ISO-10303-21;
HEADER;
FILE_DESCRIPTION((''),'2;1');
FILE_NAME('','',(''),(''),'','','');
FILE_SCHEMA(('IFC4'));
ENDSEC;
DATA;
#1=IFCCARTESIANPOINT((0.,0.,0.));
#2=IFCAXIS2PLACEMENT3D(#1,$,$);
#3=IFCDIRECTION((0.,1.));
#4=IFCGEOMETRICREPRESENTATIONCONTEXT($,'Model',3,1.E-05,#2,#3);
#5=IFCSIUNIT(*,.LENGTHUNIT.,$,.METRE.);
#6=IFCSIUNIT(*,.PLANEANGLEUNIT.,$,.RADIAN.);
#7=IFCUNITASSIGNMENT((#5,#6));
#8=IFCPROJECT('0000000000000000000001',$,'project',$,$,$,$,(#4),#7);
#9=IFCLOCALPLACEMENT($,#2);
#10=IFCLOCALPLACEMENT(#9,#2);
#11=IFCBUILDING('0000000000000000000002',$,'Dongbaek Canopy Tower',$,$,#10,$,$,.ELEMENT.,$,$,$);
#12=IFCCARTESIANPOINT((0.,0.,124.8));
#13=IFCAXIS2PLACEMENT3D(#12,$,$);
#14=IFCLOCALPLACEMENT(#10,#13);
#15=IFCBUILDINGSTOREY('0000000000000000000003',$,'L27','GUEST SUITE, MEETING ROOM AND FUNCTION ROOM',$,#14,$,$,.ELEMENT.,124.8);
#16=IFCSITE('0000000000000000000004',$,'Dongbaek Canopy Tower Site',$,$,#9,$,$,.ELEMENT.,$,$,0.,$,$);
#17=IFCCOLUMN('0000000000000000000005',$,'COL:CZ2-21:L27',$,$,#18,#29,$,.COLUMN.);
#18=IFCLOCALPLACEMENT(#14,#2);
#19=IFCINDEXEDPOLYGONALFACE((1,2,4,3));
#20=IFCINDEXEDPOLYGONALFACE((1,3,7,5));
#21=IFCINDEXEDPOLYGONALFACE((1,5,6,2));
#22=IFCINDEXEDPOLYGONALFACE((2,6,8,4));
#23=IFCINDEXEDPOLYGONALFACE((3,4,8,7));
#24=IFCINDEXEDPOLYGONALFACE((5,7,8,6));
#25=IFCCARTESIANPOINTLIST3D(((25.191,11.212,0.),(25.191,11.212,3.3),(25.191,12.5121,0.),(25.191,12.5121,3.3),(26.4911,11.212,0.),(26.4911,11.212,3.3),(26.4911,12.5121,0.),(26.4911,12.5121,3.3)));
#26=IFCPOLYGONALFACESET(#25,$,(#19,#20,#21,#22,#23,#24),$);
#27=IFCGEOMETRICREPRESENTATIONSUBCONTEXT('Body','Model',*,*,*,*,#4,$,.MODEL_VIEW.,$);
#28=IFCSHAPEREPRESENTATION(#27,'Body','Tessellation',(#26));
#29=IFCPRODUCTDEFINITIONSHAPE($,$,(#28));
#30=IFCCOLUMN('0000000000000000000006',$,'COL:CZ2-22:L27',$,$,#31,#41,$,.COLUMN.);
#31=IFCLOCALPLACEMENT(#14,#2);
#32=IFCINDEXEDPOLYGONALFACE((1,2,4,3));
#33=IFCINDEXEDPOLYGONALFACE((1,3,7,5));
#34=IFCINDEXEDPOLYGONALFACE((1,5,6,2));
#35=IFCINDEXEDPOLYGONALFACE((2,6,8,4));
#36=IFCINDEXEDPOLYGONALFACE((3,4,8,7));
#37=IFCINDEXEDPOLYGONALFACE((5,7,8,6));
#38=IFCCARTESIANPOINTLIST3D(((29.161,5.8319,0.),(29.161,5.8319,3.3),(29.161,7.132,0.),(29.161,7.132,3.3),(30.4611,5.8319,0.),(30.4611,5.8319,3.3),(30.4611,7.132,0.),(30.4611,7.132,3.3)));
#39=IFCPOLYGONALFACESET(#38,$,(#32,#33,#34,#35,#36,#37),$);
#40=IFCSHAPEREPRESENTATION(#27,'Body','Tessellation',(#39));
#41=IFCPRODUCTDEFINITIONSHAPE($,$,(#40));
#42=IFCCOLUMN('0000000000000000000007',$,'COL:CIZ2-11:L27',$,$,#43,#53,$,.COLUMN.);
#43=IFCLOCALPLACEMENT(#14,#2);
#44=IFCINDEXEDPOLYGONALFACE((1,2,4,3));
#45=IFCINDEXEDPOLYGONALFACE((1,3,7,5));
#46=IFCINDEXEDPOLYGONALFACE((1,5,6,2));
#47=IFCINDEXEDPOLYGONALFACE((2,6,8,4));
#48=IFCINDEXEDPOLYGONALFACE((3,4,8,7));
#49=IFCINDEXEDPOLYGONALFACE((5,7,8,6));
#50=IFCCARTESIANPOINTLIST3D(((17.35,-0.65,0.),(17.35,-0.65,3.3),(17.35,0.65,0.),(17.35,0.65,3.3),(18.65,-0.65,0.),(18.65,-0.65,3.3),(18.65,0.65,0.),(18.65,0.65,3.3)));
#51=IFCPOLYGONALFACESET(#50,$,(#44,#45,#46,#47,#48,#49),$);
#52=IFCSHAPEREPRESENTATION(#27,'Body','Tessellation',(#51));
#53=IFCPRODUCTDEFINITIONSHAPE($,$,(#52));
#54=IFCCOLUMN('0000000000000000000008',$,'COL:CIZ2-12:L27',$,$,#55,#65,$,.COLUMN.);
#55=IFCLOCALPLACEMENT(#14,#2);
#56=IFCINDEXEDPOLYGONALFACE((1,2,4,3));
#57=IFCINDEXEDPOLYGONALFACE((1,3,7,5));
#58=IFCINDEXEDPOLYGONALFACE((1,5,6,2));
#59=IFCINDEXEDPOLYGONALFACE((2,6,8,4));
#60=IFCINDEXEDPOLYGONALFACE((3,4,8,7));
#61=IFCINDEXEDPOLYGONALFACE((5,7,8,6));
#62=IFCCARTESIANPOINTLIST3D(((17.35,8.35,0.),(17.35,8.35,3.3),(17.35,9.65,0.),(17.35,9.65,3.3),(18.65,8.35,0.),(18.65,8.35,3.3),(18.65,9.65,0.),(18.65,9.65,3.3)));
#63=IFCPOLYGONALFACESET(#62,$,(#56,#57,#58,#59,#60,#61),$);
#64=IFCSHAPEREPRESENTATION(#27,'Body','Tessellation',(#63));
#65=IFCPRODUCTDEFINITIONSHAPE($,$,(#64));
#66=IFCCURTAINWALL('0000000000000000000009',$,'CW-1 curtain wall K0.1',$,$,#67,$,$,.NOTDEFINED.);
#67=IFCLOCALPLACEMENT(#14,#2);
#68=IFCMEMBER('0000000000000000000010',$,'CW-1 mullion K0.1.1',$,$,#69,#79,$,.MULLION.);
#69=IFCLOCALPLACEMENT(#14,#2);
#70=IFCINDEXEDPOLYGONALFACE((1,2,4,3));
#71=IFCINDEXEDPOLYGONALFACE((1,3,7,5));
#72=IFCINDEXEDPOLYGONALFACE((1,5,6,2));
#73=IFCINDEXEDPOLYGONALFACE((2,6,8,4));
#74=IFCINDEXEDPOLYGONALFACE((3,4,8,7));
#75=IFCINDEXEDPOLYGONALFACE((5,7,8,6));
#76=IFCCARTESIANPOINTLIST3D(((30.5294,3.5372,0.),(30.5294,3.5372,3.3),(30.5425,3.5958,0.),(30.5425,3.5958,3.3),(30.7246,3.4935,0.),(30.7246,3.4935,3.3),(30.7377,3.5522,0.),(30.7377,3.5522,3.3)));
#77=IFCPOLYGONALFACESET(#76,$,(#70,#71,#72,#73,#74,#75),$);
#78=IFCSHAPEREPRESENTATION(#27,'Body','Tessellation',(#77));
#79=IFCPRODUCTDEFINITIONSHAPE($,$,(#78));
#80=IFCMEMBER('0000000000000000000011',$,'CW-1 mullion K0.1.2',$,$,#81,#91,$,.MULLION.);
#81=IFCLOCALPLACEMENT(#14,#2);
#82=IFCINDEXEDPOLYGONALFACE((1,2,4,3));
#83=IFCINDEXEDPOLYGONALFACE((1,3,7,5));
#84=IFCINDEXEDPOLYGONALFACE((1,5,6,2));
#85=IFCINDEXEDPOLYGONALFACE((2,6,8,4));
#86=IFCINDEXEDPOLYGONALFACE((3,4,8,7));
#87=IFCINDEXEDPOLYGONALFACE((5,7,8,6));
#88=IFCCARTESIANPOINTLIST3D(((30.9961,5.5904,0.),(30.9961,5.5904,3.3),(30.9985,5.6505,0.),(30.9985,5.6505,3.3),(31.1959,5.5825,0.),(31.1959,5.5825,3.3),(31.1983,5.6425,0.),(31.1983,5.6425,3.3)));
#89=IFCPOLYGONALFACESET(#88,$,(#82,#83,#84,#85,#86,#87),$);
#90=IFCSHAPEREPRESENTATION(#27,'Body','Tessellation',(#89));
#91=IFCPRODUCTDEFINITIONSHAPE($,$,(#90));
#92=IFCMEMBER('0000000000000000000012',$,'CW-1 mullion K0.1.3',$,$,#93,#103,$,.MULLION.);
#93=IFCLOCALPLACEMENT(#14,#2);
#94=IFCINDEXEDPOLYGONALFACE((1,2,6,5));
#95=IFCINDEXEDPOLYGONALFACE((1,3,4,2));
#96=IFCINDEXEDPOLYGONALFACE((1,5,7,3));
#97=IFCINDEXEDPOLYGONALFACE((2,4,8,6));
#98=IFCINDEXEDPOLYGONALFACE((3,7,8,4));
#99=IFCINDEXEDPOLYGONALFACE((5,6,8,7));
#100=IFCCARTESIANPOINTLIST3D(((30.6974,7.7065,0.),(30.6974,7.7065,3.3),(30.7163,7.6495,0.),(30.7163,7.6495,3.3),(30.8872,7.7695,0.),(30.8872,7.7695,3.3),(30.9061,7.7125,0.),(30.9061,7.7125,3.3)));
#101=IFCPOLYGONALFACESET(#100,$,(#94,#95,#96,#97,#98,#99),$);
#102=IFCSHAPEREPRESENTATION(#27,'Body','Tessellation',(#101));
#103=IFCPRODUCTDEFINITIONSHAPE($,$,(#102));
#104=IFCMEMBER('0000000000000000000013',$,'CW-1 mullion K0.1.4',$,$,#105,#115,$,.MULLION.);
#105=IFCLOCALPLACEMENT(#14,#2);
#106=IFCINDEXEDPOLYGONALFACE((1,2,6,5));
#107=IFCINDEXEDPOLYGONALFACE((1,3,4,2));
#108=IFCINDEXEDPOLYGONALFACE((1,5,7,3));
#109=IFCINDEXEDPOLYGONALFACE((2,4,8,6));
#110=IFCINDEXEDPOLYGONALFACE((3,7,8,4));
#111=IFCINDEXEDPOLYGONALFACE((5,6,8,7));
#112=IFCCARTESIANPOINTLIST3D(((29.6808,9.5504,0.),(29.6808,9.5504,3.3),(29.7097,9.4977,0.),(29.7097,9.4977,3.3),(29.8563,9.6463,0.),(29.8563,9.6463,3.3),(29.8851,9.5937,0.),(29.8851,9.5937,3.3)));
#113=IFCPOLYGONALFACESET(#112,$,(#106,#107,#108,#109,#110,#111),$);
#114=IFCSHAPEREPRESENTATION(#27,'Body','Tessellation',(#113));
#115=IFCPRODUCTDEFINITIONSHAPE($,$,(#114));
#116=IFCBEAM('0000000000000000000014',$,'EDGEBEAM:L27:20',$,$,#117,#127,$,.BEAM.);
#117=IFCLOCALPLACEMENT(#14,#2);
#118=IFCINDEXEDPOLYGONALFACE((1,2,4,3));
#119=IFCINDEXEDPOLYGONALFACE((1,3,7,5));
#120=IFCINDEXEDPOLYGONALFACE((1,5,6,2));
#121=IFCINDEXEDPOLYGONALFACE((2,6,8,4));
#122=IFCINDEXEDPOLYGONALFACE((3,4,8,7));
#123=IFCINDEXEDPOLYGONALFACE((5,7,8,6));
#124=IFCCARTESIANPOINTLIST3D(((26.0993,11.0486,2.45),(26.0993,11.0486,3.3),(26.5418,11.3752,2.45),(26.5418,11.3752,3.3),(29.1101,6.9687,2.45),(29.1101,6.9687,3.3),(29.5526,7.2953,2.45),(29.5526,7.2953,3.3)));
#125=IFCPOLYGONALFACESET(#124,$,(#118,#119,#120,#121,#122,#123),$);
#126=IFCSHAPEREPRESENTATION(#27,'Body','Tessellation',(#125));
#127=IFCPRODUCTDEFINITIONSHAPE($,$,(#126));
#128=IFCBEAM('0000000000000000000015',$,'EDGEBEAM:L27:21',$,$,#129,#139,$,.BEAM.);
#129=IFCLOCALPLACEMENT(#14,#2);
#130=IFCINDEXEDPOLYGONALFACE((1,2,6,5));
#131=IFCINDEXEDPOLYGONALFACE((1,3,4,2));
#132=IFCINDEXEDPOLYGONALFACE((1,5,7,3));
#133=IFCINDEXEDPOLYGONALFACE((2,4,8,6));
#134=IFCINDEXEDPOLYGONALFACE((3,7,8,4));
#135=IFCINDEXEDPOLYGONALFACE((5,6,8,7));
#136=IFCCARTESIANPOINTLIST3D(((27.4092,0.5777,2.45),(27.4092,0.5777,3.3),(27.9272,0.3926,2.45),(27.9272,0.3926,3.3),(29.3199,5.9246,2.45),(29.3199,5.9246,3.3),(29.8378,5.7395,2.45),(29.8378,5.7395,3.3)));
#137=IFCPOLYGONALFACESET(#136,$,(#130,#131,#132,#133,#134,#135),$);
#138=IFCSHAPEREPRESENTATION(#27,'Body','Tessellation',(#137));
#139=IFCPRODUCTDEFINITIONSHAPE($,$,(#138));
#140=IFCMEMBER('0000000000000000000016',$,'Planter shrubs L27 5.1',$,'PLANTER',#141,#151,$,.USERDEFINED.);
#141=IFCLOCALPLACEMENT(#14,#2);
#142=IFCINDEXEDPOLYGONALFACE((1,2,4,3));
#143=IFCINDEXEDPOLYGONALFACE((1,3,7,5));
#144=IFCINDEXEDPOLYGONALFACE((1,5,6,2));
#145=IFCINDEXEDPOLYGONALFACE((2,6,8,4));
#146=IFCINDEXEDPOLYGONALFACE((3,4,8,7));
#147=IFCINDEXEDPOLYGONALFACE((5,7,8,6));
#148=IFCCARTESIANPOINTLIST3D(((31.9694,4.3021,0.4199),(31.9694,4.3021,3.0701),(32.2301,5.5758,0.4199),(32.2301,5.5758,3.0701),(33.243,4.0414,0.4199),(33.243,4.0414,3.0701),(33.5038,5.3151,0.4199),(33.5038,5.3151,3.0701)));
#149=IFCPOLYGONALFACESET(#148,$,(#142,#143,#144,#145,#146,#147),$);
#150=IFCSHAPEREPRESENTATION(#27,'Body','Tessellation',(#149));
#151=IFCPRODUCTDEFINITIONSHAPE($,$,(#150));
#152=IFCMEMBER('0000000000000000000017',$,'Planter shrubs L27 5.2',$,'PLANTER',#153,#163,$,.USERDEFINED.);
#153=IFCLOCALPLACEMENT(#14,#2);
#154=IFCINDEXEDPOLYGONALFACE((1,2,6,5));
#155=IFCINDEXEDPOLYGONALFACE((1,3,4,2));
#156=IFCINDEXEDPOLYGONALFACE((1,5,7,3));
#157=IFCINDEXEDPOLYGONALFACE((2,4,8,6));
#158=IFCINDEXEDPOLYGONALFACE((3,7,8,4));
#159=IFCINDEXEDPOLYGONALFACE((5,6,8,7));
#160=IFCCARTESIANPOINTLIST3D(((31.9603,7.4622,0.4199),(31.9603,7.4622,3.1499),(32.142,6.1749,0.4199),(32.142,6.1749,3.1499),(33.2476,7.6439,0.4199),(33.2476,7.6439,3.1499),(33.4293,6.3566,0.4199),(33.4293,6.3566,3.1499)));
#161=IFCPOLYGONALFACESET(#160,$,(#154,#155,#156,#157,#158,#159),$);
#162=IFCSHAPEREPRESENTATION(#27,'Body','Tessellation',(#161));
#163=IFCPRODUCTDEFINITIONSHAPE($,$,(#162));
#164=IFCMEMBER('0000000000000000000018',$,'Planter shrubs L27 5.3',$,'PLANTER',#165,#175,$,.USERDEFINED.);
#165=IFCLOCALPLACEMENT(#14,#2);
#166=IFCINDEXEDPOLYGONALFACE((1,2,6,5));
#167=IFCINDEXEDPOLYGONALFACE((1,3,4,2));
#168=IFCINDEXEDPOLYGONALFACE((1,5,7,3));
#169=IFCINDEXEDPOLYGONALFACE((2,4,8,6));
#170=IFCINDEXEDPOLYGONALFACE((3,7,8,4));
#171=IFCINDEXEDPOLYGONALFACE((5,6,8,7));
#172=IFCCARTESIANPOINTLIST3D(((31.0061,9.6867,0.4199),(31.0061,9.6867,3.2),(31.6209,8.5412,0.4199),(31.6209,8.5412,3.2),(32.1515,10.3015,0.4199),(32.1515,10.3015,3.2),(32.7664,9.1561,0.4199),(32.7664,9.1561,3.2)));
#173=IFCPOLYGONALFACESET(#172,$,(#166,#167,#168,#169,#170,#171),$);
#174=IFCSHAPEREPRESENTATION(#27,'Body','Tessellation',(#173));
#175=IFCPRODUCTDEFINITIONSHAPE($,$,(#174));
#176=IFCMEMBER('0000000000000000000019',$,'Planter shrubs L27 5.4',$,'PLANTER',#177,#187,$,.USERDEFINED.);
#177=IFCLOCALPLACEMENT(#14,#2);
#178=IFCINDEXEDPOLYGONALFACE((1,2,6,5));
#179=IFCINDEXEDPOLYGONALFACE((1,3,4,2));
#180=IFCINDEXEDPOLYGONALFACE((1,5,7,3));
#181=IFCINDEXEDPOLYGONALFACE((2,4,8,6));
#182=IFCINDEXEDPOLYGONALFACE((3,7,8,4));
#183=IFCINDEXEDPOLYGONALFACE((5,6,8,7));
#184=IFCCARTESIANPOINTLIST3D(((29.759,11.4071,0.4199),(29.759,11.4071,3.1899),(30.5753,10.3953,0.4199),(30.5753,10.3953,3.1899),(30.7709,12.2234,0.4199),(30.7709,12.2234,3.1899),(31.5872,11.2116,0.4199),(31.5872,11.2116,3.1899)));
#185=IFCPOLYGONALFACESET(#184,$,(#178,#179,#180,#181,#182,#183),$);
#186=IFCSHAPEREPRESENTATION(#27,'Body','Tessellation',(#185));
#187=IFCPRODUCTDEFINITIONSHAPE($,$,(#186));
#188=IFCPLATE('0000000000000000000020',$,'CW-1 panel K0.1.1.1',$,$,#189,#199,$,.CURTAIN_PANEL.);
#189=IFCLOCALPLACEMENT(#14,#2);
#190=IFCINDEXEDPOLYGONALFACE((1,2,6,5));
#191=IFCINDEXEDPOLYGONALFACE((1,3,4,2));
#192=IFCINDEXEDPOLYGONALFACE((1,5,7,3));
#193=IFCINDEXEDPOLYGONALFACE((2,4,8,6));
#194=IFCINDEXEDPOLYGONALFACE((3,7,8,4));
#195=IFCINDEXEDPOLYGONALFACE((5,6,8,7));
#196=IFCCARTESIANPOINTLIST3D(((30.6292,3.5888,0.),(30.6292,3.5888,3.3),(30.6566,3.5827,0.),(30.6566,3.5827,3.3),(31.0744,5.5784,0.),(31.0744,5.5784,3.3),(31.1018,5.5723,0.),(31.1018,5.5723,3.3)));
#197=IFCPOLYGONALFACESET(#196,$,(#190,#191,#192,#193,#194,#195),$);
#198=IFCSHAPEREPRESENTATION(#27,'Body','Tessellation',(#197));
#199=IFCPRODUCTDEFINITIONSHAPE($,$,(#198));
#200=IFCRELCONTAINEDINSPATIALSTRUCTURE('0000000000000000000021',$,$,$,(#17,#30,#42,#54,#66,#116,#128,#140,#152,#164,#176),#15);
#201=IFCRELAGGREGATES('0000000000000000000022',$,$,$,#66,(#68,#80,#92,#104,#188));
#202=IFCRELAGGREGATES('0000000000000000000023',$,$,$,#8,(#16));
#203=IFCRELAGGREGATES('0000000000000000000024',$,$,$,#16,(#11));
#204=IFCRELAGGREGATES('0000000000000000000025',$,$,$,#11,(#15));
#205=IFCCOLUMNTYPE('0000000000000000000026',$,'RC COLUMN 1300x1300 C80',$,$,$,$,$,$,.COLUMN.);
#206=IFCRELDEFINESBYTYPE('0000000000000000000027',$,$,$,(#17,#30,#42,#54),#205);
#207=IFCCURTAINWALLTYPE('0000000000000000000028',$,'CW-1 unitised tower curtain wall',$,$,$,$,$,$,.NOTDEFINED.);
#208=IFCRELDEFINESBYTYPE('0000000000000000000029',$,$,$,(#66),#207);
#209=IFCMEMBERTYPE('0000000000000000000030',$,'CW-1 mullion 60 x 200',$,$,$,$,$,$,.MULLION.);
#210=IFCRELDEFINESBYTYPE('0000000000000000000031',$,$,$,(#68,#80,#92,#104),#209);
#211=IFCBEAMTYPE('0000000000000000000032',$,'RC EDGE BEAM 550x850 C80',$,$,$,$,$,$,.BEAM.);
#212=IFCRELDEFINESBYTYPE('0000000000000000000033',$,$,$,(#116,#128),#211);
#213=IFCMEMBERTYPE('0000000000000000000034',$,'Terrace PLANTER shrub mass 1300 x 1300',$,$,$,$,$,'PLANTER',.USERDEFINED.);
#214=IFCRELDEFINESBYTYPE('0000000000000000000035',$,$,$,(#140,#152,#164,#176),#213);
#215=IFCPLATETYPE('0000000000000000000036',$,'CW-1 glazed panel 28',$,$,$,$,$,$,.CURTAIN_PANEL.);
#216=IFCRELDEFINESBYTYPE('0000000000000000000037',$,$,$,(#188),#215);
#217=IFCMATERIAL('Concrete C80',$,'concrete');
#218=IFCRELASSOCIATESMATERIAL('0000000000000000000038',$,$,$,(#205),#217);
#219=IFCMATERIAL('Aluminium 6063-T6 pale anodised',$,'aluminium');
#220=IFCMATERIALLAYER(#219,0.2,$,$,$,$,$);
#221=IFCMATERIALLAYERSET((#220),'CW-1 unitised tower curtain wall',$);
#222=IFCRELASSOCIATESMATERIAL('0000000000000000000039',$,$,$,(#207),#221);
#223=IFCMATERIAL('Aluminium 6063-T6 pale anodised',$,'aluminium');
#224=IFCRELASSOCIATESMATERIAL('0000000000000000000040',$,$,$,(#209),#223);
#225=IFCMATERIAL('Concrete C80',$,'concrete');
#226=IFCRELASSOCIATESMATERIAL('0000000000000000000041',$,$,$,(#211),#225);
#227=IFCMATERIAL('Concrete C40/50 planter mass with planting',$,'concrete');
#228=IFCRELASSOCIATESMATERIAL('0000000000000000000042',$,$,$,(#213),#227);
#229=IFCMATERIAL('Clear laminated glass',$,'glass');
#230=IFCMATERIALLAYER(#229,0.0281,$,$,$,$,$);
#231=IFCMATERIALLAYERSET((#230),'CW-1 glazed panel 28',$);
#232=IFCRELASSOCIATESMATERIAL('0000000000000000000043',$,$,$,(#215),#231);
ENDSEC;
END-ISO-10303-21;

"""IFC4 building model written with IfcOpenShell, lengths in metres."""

from ifc_helpers import new_model, si_unit, direction, frame, origin, origin_2d, place, context, subcontext, project, spatial, rectangle, extrude, material, layer, layer_set, material_profile, profile_set, type_object, element, aggregate, save


model = new_model("IFC4")

# Units and contexts
model_context = context("Model", 3, precision=1e-05, world=origin(), true_north=direction((0.0, 1.0)))
body_context = subcontext(model_context, "Body", "Model", "MODEL_VIEW")
ifc_project = project(units=[si_unit("LENGTHUNIT", "METRE"), si_unit("PLANEANGLEUNIT", "RADIAN")], contexts=[model_context])

# Site, building, storey
site_placement = place(None, origin())
site = spatial("IfcSite", under=ifc_project, at=site_placement, Name="Dongbaek Canopy Tower Site", CompositionType="ELEMENT", RefElevation=0.0)
building_placement = place(site_placement, origin())
building = spatial("IfcBuilding", under=site, at=building_placement, Name="Dongbaek Canopy Tower", CompositionType="ELEMENT")
storey_placement = place(building_placement, frame((0.0, 0.0, 124.8)))
storey = spatial("IfcBuildingStorey", under=building, at=storey_placement, Name="L27", Description="GUEST SUITE, MEETING ROOM AND FUNCTION ROOM", CompositionType="ELEMENT", Elevation=124.8)

# Columns
ifc_material_1 = material(Name="Concrete C80", Category="concrete")
ifc_material_profile_1 = material_profile(ifc_material_1, rectangle(XDim=1.3, YDim=1.3, at=origin_2d()), Name="RC COLUMN 1300x1300 C80")
ifc_profile_set_1 = profile_set([ifc_material_profile_1], Name="Concrete C80")
column_type = type_object("IfcColumnType", Name="RC COLUMN 1300x1300 C80", PredefinedType="COLUMN", material=ifc_profile_set_1)
for number, where, z_axis, x_axis, name in (
    (1, (25.8411, 11.8621, 0.0), (0.0, 0.0, 1.0), (1.0, 0.0, 0.0), "COL:CZ2-21:L27"),
    (2, (29.811, 6.4819, 0.0), (0.0, 0.0, 1.0), (1.0, 0.0, 0.0), "COL:CZ2-22:L27"),
    (3, (18.0, 0.0, 0.0), (0.0, 0.0, 1.0), (1.0, 0.0, 0.0), "COL:CIZ2-11:L27"),
    (4, (18.0, 9.0, 0.0), (0.0, 0.0, 1.0), (1.0, 0.0, 0.0), "COL:CIZ2-12:L27"),
):
    element("IfcColumn", number, at=place(storey_placement, frame(where, z_axis=z_axis, x_axis=x_axis)), inside=storey, type_object=column_type, Name=name, PredefinedType="COLUMN", context=body_context, shape_type="SweptSolid", body=[
        extrude(rectangle(XDim=1.3, YDim=1.3, at=origin_2d()), origin(), (0.0, 0.0, 1.0), 3.3),
    ])

# Curtain wall, members
ifc_material_2 = material(Name="Aluminium 6063-T6 pale anodised", Category="aluminium")
ifc_layer_1 = layer(ifc_material_2, 0.2)
ifc_layer_set_1 = layer_set([ifc_layer_1], Name="CW-1 unitised tower curtain wall")
curtain_wall_type = type_object("IfcCurtainWallType", Name="CW-1 unitised tower curtain wall", PredefinedType="NOTDEFINED", material=ifc_layer_set_1)
curtain_wall_1_placement = place(storey_placement, origin())
curtain_wall_1 = element("IfcCurtainWall", 5, at=curtain_wall_1_placement, inside=storey, type_object=curtain_wall_type, Name="CW-1 curtain wall K0.1", PredefinedType="NOTDEFINED")
ifc_material_3 = material(Name="Aluminium 6063-T6 pale anodised", Category="aluminium")
ifc_material_profile_2 = material_profile(ifc_material_3, rectangle(XDim=0.2, YDim=0.0601, at=origin_2d()), Name="CW-1 mullion 60 x 200")
ifc_profile_set_2 = profile_set([ifc_material_profile_2], Name="Aluminium 6063-T6 pale anodised")
member_type_1 = type_object("IfcMemberType", Name="CW-1 mullion 60 x 200", PredefinedType="MULLION", material=ifc_profile_set_2)
member_1_placement = place(storey_placement, frame((30.6335, 3.5447, 0.0), z_axis=(0.0, 0.0, 1.0), x_axis=(0.975873, -0.218339, 0.0)))
member_1 = element("IfcMember", 6, at=member_1_placement, type_object=member_type_1, Name="CW-1 mullion K0.1.1", PredefinedType="MULLION", context=body_context, shape_type="SweptSolid", body=[
    extrude(rectangle(XDim=0.2, YDim=0.0601, at=origin_2d()), origin(), (0.0, 0.0, 1.0), 3.3),
])
member_2_placement = place(storey_placement, frame((31.0972, 5.6165, 0.0), z_axis=(0.0, 0.0, 1.0), x_axis=(0.999202, -0.039948, 0.0)))
member_2 = element("IfcMember", 7, at=member_2_placement, type_object=member_type_1, Name="CW-1 mullion K0.1.2", PredefinedType="MULLION", context=body_context, shape_type="SweptSolid", body=[
    extrude(rectangle(XDim=0.2, YDim=0.0601, at=origin_2d()), origin(), (0.0, 0.0, 1.0), 3.3),
])
member_3_placement = place(storey_placement, frame((30.8018, 7.7095, 0.0), z_axis=(0.0, 0.0, 1.0), x_axis=(0.949126, 0.314897, 0.0)))
member_3 = element("IfcMember", 8, at=member_3_placement, type_object=member_type_1, Name="CW-1 mullion K0.1.3", PredefinedType="MULLION", context=body_context, shape_type="SweptSolid", body=[
    extrude(rectangle(XDim=0.2, YDim=0.0601, at=origin_2d()), origin(), (0.0, 0.0, 1.0), 3.3),
])
member_4_placement = place(storey_placement, frame((29.783, 9.572, 0.0), z_axis=(0.0, 0.0, 1.0), x_axis=(0.877342, 0.479865, 0.0)))
member_4 = element("IfcMember", 9, at=member_4_placement, type_object=member_type_1, Name="CW-1 mullion K0.1.4", PredefinedType="MULLION", context=body_context, shape_type="SweptSolid", body=[
    extrude(rectangle(XDim=0.2, YDim=0.0601, at=origin_2d()), origin(), (0.0, 0.0, 1.0), 3.3),
])

# Beams
ifc_material_4 = material(Name="Concrete C80", Category="concrete")
ifc_material_profile_3 = material_profile(ifc_material_4, rectangle(XDim=0.55, YDim=0.8501, at=origin_2d()), Name="RC EDGE BEAM 550x850 C80")
ifc_profile_set_3 = profile_set([ifc_material_profile_3], Name="Concrete C80")
beam_type = type_object("IfcBeamType", Name="RC EDGE BEAM 550x850 C80", PredefinedType="BEAM", material=ifc_profile_set_3)
beam_1_placement = place(storey_placement, frame((26.3206, 11.2119, 2.875), z_axis=(0.59378, -0.804627, 0.0), x_axis=(0.804627, 0.59378, 0.0)))
element("IfcBeam", 10, at=beam_1_placement, inside=storey, type_object=beam_type, Name="EDGEBEAM:L27:20", PredefinedType="BEAM", context=body_context, shape_type="SweptSolid", body=[
    extrude(rectangle(XDim=0.55, YDim=0.8501, at=origin_2d()), origin(), (0.0, 0.0, 1.0), 5.0706),
])
beam_2_placement = place(storey_placement, frame((29.5789, 5.832, 2.875), z_axis=(-0.336497, -0.941685, 0.0), x_axis=(0.941685, -0.336497, 0.0)))
element("IfcBeam", 11, at=beam_2_placement, inside=storey, type_object=beam_type, Name="EDGEBEAM:L27:21", PredefinedType="BEAM", context=body_context, shape_type="SweptSolid", body=[
    extrude(rectangle(XDim=0.55, YDim=0.8501, at=origin_2d()), origin(), (0.0, 0.0, 1.0), 5.678),
])

# Members
ifc_material_5 = material(Name="Concrete C40/50 planter mass with planting", Category="concrete")
ifc_material_profile_4 = material_profile(ifc_material_5, rectangle(XDim=1.3, YDim=1.3, at=origin_2d()), Name="Terrace PLANTER shrub mass 1300 x 1300")
ifc_profile_set_4 = profile_set([ifc_material_profile_4], Name="Concrete C40/50 planter mass with planting")
member_type_2 = type_object("IfcMemberType", Name="Terrace PLANTER shrub mass 1300 x 1300", ElementType="PLANTER", PredefinedType="USERDEFINED", material=ifc_profile_set_4)
member_5_placement = place(storey_placement, frame((32.7366, 4.8086, 0.4199), z_axis=(0.0, 0.0, 1.0), x_axis=(0.979684, -0.200547, 0.0)))
element("IfcMember", 12, at=member_5_placement, inside=storey, type_object=member_type_2, Name="Planter shrubs L27 5.1", ObjectType="PLANTER", PredefinedType="USERDEFINED", context=body_context, shape_type="SweptSolid", body=[
    extrude(rectangle(XDim=1.3, YDim=1.3, at=origin_2d()), origin(), (0.0, 0.0, 1.0), 2.6501),
])
member_6_placement = place(storey_placement, frame((32.6948, 6.9094, 0.4199), z_axis=(0.0, 0.0, 1.0), x_axis=(0.990189, 0.139736, 0.0)))
element("IfcMember", 13, at=member_6_placement, inside=storey, type_object=member_type_2, Name="Planter shrubs L27 5.2", ObjectType="PLANTER", PredefinedType="USERDEFINED", context=body_context, shape_type="SweptSolid", body=[
    extrude(rectangle(XDim=1.3, YDim=1.3, at=origin_2d()), origin(), (0.0, 0.0, 1.0), 2.73),
])
member_7_placement = place(storey_placement, frame((31.8862, 9.4214, 0.4199), z_axis=(0.0, 0.0, 1.0), x_axis=(0.881091, 0.472947, 0.0)))
element("IfcMember", 14, at=member_7_placement, inside=storey, type_object=member_type_2, Name="Planter shrubs L27 5.3", ObjectType="PLANTER", PredefinedType="USERDEFINED", context=body_context, shape_type="SweptSolid", body=[
    extrude(rectangle(XDim=1.3, YDim=1.3, at=origin_2d()), origin(), (0.0, 0.0, 1.0), 2.78),
])
member_8_placement = place(storey_placement, frame((30.6731, 11.3093, 0.4199), z_axis=(0.0, 0.0, 1.0), x_axis=(0.778293, 0.627901, 0.0)))
element("IfcMember", 15, at=member_8_placement, inside=storey, type_object=member_type_2, Name="Planter shrubs L27 5.4", ObjectType="PLANTER", PredefinedType="USERDEFINED", context=body_context, shape_type="SweptSolid", body=[
    extrude(rectangle(XDim=1.3, YDim=1.3, at=origin_2d()), origin(), (0.0, 0.0, 1.0), 2.77),
])

# Plate
ifc_material_6 = material(Name="Clear laminated glass", Category="glass")
ifc_layer_2 = layer(ifc_material_6, 0.0281)
ifc_layer_set_2 = layer_set([ifc_layer_2], Name="CW-1 glazed panel 28")
plate_type = type_object("IfcPlateType", Name="CW-1 glazed panel 28", PredefinedType="CURTAIN_PANEL", material=ifc_layer_set_2)
plate_1_placement = place(storey_placement, frame((30.8655, 4.5806, 0.0), z_axis=(0.0, 0.0, 1.0), x_axis=(0.218339, 0.975873, 0.0)))
plate_1 = element("IfcPlate", 16, at=plate_1_placement, type_object=plate_type, Name="CW-1 panel K0.1.1.1", PredefinedType="CURTAIN_PANEL", context=body_context, shape_type="SweptSolid", body=[
    extrude(rectangle(XDim=2.0388, YDim=0.0281, at=origin_2d()), origin(), (0.0, 0.0, 1.0), 3.3),
])
aggregate(curtain_wall_1, [member_1, member_2, member_3, member_4, plate_1])

save(model, "model.ifc")
